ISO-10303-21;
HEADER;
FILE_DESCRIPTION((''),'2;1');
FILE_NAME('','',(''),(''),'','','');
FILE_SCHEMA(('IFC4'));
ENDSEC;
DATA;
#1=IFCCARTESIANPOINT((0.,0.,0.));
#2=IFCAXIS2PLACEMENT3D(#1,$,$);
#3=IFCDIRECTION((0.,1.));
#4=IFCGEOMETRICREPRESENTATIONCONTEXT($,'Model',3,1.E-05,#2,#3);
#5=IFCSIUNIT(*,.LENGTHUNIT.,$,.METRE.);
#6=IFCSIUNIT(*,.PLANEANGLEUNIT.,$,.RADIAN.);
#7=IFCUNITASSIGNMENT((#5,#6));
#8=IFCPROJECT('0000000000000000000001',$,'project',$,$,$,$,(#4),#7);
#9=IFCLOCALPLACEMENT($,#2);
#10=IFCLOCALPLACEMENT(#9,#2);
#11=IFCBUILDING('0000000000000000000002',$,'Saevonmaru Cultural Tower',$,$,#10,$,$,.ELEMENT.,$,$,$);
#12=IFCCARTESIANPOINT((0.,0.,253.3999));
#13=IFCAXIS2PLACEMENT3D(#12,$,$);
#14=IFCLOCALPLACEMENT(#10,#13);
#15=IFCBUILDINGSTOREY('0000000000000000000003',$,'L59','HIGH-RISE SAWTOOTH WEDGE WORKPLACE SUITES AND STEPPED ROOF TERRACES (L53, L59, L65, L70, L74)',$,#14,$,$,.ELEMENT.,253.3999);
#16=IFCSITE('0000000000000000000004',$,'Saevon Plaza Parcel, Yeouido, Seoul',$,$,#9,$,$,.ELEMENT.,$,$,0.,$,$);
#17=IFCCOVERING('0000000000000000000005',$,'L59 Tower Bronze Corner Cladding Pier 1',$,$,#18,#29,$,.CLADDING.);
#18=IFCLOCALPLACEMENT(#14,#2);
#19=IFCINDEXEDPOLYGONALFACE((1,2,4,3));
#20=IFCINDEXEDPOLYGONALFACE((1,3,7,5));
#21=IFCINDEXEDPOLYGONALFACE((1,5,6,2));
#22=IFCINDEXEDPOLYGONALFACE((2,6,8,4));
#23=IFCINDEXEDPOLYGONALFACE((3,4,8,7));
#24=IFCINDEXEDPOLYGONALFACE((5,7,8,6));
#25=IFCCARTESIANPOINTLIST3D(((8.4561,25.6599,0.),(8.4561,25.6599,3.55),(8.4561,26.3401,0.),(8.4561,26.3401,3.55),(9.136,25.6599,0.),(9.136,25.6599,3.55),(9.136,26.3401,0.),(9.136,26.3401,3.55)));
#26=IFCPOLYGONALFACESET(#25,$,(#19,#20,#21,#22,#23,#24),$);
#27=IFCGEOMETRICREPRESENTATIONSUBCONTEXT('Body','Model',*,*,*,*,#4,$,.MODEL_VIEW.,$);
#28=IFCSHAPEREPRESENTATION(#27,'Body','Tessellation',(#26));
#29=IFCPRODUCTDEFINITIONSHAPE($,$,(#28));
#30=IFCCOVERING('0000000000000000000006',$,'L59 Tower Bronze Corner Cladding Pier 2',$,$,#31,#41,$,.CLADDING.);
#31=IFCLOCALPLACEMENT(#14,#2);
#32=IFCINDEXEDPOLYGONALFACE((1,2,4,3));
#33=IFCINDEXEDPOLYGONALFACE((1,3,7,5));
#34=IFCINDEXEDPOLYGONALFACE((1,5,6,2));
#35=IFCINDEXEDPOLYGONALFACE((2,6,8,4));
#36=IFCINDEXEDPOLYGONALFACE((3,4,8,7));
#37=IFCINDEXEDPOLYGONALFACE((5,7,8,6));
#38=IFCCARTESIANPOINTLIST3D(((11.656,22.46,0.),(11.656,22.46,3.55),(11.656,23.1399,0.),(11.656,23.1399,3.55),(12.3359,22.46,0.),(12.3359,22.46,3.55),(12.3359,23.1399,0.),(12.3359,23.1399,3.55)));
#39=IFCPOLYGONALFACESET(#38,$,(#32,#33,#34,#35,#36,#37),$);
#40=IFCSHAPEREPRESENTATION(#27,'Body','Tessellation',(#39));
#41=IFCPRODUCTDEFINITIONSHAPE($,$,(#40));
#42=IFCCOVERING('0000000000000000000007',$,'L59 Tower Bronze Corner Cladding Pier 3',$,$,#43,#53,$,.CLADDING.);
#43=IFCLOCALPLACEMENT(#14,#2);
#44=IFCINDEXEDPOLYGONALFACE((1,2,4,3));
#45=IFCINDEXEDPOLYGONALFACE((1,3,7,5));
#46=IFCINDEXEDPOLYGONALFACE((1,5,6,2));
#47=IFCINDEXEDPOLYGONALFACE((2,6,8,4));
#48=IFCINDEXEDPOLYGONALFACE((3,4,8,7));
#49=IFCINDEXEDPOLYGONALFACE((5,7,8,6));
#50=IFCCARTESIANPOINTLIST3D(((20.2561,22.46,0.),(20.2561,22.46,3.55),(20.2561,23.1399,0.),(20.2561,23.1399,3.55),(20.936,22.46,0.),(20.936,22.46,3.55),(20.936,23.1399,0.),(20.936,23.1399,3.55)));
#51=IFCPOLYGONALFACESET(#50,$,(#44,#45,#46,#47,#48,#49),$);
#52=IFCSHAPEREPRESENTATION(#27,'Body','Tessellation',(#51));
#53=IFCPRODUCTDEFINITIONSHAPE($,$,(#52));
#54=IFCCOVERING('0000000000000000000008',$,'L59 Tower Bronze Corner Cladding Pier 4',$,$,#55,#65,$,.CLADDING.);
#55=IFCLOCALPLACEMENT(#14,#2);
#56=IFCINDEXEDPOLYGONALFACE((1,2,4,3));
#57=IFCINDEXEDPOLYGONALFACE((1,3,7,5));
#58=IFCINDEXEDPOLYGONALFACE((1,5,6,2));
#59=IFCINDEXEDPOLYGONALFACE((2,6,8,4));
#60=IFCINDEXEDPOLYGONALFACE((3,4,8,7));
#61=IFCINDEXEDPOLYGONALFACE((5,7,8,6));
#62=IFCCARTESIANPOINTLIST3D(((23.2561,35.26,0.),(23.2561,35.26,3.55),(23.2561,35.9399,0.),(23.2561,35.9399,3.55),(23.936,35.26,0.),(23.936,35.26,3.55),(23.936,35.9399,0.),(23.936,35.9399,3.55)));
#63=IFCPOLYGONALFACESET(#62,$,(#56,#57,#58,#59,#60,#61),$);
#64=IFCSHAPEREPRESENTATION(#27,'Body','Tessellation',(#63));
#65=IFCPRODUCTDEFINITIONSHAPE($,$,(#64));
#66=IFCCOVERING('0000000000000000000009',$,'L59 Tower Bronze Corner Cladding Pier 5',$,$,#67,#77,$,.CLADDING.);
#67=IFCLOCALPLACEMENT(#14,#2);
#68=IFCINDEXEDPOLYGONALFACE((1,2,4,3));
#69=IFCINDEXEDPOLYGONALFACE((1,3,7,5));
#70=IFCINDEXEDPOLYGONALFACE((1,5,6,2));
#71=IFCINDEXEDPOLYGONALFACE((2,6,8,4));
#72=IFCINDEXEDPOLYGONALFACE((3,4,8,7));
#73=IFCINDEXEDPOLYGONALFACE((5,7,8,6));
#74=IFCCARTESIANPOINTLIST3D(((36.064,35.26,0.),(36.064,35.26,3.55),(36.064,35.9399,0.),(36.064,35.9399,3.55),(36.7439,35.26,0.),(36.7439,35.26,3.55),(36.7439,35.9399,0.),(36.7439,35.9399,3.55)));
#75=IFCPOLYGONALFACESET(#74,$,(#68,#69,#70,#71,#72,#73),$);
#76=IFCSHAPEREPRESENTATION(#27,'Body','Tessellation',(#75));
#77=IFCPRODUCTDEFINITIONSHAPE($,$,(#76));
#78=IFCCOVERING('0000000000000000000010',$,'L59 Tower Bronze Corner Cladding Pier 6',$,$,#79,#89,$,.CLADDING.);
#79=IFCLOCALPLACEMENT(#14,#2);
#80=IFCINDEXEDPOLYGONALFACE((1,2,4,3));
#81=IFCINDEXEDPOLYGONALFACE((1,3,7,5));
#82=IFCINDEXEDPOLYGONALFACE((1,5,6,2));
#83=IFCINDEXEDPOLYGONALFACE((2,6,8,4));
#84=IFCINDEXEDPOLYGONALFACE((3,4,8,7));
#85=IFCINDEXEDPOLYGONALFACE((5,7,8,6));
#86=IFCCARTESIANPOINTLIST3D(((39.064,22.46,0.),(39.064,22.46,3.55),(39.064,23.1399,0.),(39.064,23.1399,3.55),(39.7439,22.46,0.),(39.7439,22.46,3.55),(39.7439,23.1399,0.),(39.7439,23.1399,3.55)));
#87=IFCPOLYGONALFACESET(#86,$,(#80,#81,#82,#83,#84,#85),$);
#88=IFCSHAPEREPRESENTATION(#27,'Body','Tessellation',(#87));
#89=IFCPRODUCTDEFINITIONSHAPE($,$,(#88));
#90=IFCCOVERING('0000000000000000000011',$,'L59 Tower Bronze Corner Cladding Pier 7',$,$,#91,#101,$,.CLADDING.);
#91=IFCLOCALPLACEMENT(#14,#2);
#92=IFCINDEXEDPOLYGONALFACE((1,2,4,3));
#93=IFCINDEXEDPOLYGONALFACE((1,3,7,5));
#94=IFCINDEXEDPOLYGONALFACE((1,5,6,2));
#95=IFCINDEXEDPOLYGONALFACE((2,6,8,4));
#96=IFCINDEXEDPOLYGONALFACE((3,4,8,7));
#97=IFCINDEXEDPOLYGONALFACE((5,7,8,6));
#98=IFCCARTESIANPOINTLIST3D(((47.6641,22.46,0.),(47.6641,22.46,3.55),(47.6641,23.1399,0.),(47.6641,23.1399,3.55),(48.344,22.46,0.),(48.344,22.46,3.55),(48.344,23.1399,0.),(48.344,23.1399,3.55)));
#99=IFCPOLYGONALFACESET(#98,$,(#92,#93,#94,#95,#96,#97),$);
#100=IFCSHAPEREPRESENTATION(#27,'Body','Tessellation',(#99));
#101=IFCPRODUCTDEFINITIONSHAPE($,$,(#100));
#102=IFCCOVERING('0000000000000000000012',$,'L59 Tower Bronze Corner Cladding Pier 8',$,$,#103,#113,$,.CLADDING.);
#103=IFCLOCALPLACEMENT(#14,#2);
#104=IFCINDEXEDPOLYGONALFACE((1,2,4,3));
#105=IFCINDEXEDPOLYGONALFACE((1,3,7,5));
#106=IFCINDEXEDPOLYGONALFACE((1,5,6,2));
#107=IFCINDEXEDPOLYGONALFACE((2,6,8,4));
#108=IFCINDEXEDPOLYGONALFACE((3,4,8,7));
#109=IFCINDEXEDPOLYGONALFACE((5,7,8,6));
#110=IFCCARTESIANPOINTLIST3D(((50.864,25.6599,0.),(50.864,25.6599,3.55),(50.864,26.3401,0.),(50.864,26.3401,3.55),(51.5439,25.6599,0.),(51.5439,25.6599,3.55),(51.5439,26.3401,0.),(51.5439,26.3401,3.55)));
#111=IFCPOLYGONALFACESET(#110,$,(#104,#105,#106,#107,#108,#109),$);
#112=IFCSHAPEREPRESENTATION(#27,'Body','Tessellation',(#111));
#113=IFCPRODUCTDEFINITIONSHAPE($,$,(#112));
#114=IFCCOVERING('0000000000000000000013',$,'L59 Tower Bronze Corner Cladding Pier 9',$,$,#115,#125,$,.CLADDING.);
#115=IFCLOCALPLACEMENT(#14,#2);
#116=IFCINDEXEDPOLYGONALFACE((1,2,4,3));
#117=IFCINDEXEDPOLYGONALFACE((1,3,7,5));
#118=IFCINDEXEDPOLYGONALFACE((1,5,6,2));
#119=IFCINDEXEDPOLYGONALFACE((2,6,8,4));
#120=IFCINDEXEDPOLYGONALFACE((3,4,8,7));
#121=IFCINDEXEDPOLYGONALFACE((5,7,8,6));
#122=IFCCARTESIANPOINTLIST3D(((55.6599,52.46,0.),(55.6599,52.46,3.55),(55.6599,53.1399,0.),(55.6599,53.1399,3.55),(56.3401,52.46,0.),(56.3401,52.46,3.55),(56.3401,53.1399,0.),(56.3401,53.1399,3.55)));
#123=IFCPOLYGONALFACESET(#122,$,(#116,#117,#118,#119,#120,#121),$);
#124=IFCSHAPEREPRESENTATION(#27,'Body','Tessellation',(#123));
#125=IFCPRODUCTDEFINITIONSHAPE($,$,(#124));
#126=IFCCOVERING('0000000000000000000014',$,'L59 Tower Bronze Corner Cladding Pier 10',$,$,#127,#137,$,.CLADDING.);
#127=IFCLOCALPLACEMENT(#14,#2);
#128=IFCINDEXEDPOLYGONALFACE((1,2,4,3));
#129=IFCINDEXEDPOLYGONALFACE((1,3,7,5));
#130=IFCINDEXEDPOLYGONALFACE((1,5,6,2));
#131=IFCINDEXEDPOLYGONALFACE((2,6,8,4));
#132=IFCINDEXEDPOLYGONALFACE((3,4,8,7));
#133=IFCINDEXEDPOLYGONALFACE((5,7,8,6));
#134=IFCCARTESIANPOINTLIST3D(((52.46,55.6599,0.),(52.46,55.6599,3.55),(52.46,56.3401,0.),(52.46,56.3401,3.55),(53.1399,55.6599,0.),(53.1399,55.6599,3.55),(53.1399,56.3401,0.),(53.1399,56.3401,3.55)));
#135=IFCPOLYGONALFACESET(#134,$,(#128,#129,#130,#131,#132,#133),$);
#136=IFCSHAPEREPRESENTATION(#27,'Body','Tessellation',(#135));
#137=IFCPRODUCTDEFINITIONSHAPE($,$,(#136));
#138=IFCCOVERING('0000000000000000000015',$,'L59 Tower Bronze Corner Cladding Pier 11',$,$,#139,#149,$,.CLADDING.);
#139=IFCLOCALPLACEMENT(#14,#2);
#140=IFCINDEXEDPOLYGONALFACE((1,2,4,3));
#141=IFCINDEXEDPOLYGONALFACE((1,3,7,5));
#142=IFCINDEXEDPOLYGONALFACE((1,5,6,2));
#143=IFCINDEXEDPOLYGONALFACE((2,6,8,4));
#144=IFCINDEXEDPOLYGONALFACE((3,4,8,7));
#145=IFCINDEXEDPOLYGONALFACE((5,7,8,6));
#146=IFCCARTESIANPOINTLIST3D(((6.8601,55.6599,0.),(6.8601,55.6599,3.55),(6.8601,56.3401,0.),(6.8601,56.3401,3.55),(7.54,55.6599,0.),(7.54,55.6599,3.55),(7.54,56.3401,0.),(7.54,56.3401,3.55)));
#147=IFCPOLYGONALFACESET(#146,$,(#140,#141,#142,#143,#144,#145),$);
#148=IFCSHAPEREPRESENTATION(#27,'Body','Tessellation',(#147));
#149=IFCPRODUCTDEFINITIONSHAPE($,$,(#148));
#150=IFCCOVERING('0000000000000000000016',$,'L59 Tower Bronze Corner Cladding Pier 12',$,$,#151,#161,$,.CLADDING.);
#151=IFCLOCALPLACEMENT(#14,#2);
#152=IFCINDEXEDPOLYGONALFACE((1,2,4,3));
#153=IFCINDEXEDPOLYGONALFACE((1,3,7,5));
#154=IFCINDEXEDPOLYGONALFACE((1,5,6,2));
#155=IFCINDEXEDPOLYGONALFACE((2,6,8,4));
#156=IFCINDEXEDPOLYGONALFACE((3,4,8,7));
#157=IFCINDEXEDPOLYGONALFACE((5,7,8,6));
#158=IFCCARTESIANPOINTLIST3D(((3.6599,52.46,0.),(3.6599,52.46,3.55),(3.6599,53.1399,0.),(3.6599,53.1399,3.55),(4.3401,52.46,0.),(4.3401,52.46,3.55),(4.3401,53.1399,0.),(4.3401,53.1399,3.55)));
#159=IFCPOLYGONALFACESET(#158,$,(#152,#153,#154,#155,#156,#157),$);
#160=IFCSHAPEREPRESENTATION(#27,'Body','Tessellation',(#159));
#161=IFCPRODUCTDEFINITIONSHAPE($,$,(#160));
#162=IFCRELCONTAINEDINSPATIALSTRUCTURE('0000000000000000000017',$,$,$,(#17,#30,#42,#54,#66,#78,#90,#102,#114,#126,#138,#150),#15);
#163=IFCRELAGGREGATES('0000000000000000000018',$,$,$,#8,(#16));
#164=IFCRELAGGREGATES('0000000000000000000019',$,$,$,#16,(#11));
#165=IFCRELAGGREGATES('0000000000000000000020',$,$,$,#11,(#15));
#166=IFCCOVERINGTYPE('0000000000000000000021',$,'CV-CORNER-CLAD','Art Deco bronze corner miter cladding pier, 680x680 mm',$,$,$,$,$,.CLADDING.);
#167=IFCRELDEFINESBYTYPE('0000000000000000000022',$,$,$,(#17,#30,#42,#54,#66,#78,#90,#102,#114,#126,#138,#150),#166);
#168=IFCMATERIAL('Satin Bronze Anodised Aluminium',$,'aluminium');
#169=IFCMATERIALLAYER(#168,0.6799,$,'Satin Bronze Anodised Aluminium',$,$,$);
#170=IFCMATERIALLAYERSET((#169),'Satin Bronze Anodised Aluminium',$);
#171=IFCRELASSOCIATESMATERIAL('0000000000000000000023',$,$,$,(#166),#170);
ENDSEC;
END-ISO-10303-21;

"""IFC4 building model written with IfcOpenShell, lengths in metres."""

from ifc_helpers import new_model, si_unit, direction, frame, origin, place, context, subcontext, project, spatial, polyline, outline, extrude, material, layer, layer_set, type_object, element, save


model = new_model("IFC4")

# Units and contexts
model_context = context("Model", 3, precision=1e-05, world=origin(), true_north=direction((0.0, 1.0)))
body_context = subcontext(model_context, "Body", "Model", "MODEL_VIEW")
ifc_project = project(units=[si_unit("LENGTHUNIT", "METRE"), si_unit("PLANEANGLEUNIT", "RADIAN")], contexts=[model_context])

# Site, building, storey
site_placement = place(None, origin())
site = spatial("IfcSite", under=ifc_project, at=site_placement, Name="Saevon Plaza Parcel, Yeouido, Seoul", CompositionType="ELEMENT", RefElevation=0.0)
building_placement = place(site_placement, origin())
building = spatial("IfcBuilding", under=site, at=building_placement, Name="Saevonmaru Cultural Tower", CompositionType="ELEMENT")
storey_placement = place(building_placement, frame((0.0, 0.0, 253.3999)))
storey = spatial("IfcBuildingStorey", under=building, at=storey_placement, Name="L59", Description="HIGH-RISE SAWTOOTH WEDGE WORKPLACE SUITES AND STEPPED ROOF TERRACES (L53, L59, L65, L70, L74)", CompositionType="ELEMENT", Elevation=253.3999)

# Shared definitions
ifc_material_1 = material(Name="Satin Bronze Anodised Aluminium", Category="aluminium")

# Coverings
ifc_layer_1 = layer(ifc_material_1, 0.6799, Name="Satin Bronze Anodised Aluminium")
ifc_layer_set_1 = layer_set([ifc_layer_1], Name="Satin Bronze Anodised Aluminium")
covering_type_1 = type_object("IfcCoveringType", Name="CV-CORNER-CLAD", Description="Art Deco bronze corner miter cladding pier, 680x680 mm", PredefinedType="CLADDING", material=ifc_layer_set_1)
covering_1_placement = place(storey_placement, origin())
element("IfcCovering", 1, at=covering_1_placement, inside=storey, type_object=covering_type_1, Name="L59 Tower Bronze Corner Cladding Pier 1", PredefinedType="CLADDING", context=body_context, shape_type="SweptSolid", body=[
    extrude(outline(polyline([(8.4561, 25.6599), (9.136, 25.6599), (9.136, 26.3401), (8.4561, 26.3401), (8.4561, 25.6599)])), origin(), (0.0, 0.0, 1.0), 3.55),
])
covering_2_placement = place(storey_placement, origin())
element("IfcCovering", 2, at=covering_2_placement, inside=storey, type_object=covering_type_1, Name="L59 Tower Bronze Corner Cladding Pier 2", PredefinedType="CLADDING", context=body_context, shape_type="SweptSolid", body=[
    extrude(outline(polyline([(11.656, 22.46), (12.3359, 22.46), (12.3359, 23.1399), (11.656, 23.1399), (11.656, 22.46)])), origin(), (0.0, 0.0, 1.0), 3.55),
])
covering_3_placement = place(storey_placement, origin())
element("IfcCovering", 3, at=covering_3_placement, inside=storey, type_object=covering_type_1, Name="L59 Tower Bronze Corner Cladding Pier 3", PredefinedType="CLADDING", context=body_context, shape_type="SweptSolid", body=[
    extrude(outline(polyline([(20.2561, 22.46), (20.936, 22.46), (20.936, 23.1399), (20.2561, 23.1399), (20.2561, 22.46)])), origin(), (0.0, 0.0, 1.0), 3.55),
])
covering_4_placement = place(storey_placement, origin())
element("IfcCovering", 4, at=covering_4_placement, inside=storey, type_object=covering_type_1, Name="L59 Tower Bronze Corner Cladding Pier 4", PredefinedType="CLADDING", context=body_context, shape_type="SweptSolid", body=[
    extrude(outline(polyline([(23.2561, 35.26), (23.936, 35.26), (23.936, 35.9399), (23.2561, 35.9399), (23.2561, 35.26)])), origin(), (0.0, 0.0, 1.0), 3.55),
])
covering_5_placement = place(storey_placement, origin())
element("IfcCovering", 5, at=covering_5_placement, inside=storey, type_object=covering_type_1, Name="L59 Tower Bronze Corner Cladding Pier 5", PredefinedType="CLADDING", context=body_context, shape_type="SweptSolid", body=[
    extrude(outline(polyline([(36.064, 35.26), (36.7439, 35.26), (36.7439, 35.9399), (36.064, 35.9399), (36.064, 35.26)])), origin(), (0.0, 0.0, 1.0), 3.55),
])
covering_6_placement = place(storey_placement, origin())
element("IfcCovering", 6, at=covering_6_placement, inside=storey, type_object=covering_type_1, Name="L59 Tower Bronze Corner Cladding Pier 6", PredefinedType="CLADDING", context=body_context, shape_type="SweptSolid", body=[
    extrude(outline(polyline([(39.064, 22.46), (39.7439, 22.46), (39.7439, 23.1399), (39.064, 23.1399), (39.064, 22.46)])), origin(), (0.0, 0.0, 1.0), 3.55),
])
covering_7_placement = place(storey_placement, origin())
element("IfcCovering", 7, at=covering_7_placement, inside=storey, type_object=covering_type_1, Name="L59 Tower Bronze Corner Cladding Pier 7", PredefinedType="CLADDING", context=body_context, shape_type="SweptSolid", body=[
    extrude(outline(polyline([(47.6641, 22.46), (48.344, 22.46), (48.344, 23.1399), (47.6641, 23.1399), (47.6641, 22.46)])), origin(), (0.0, 0.0, 1.0), 3.55),
])
covering_8_placement = place(storey_placement, origin())
element("IfcCovering", 8, at=covering_8_placement, inside=storey, type_object=covering_type_1, Name="L59 Tower Bronze Corner Cladding Pier 8", PredefinedType="CLADDING", context=body_context, shape_type="SweptSolid", body=[
    extrude(outline(polyline([(50.864, 25.6599), (51.5439, 25.6599), (51.5439, 26.3401), (50.864, 26.3401), (50.864, 25.6599)])), origin(), (0.0, 0.0, 1.0), 3.55),
])
covering_9_placement = place(storey_placement, origin())
element("IfcCovering", 9, at=covering_9_placement, inside=storey, type_object=covering_type_1, Name="L59 Tower Bronze Corner Cladding Pier 9", PredefinedType="CLADDING", context=body_context, shape_type="SweptSolid", body=[
    extrude(outline(polyline([(55.6599, 52.46), (56.3401, 52.46), (56.3401, 53.1399), (55.6599, 53.1399), (55.6599, 52.46)])), origin(), (0.0, 0.0, 1.0), 3.55),
])
covering_10_placement = place(storey_placement, origin())
element("IfcCovering", 10, at=covering_10_placement, inside=storey, type_object=covering_type_1, Name="L59 Tower Bronze Corner Cladding Pier 10", PredefinedType="CLADDING", context=body_context, shape_type="SweptSolid", body=[
    extrude(outline(polyline([(52.46, 55.6599), (53.1399, 55.6599), (53.1399, 56.3401), (52.46, 56.3401), (52.46, 55.6599)])), origin(), (0.0, 0.0, 1.0), 3.55),
])
covering_11_placement = place(storey_placement, origin())
element("IfcCovering", 11, at=covering_11_placement, inside=storey, type_object=covering_type_1, Name="L59 Tower Bronze Corner Cladding Pier 11", PredefinedType="CLADDING", context=body_context, shape_type="SweptSolid", body=[
    extrude(outline(polyline([(6.8601, 55.6599), (7.54, 55.6599), (7.54, 56.3401), (6.8601, 56.3401), (6.8601, 55.6599)])), origin(), (0.0, 0.0, 1.0), 3.55),
])
covering_12_placement = place(storey_placement, origin())
element("IfcCovering", 12, at=covering_12_placement, inside=storey, type_object=covering_type_1, Name="L59 Tower Bronze Corner Cladding Pier 12", PredefinedType="CLADDING", context=body_context, shape_type="SweptSolid", body=[
    extrude(outline(polyline([(3.6599, 52.46), (4.3401, 52.46), (4.3401, 53.1399), (3.6599, 53.1399), (3.6599, 52.46)])), origin(), (0.0, 0.0, 1.0), 3.55),
])

save(model, "model.ifc")
